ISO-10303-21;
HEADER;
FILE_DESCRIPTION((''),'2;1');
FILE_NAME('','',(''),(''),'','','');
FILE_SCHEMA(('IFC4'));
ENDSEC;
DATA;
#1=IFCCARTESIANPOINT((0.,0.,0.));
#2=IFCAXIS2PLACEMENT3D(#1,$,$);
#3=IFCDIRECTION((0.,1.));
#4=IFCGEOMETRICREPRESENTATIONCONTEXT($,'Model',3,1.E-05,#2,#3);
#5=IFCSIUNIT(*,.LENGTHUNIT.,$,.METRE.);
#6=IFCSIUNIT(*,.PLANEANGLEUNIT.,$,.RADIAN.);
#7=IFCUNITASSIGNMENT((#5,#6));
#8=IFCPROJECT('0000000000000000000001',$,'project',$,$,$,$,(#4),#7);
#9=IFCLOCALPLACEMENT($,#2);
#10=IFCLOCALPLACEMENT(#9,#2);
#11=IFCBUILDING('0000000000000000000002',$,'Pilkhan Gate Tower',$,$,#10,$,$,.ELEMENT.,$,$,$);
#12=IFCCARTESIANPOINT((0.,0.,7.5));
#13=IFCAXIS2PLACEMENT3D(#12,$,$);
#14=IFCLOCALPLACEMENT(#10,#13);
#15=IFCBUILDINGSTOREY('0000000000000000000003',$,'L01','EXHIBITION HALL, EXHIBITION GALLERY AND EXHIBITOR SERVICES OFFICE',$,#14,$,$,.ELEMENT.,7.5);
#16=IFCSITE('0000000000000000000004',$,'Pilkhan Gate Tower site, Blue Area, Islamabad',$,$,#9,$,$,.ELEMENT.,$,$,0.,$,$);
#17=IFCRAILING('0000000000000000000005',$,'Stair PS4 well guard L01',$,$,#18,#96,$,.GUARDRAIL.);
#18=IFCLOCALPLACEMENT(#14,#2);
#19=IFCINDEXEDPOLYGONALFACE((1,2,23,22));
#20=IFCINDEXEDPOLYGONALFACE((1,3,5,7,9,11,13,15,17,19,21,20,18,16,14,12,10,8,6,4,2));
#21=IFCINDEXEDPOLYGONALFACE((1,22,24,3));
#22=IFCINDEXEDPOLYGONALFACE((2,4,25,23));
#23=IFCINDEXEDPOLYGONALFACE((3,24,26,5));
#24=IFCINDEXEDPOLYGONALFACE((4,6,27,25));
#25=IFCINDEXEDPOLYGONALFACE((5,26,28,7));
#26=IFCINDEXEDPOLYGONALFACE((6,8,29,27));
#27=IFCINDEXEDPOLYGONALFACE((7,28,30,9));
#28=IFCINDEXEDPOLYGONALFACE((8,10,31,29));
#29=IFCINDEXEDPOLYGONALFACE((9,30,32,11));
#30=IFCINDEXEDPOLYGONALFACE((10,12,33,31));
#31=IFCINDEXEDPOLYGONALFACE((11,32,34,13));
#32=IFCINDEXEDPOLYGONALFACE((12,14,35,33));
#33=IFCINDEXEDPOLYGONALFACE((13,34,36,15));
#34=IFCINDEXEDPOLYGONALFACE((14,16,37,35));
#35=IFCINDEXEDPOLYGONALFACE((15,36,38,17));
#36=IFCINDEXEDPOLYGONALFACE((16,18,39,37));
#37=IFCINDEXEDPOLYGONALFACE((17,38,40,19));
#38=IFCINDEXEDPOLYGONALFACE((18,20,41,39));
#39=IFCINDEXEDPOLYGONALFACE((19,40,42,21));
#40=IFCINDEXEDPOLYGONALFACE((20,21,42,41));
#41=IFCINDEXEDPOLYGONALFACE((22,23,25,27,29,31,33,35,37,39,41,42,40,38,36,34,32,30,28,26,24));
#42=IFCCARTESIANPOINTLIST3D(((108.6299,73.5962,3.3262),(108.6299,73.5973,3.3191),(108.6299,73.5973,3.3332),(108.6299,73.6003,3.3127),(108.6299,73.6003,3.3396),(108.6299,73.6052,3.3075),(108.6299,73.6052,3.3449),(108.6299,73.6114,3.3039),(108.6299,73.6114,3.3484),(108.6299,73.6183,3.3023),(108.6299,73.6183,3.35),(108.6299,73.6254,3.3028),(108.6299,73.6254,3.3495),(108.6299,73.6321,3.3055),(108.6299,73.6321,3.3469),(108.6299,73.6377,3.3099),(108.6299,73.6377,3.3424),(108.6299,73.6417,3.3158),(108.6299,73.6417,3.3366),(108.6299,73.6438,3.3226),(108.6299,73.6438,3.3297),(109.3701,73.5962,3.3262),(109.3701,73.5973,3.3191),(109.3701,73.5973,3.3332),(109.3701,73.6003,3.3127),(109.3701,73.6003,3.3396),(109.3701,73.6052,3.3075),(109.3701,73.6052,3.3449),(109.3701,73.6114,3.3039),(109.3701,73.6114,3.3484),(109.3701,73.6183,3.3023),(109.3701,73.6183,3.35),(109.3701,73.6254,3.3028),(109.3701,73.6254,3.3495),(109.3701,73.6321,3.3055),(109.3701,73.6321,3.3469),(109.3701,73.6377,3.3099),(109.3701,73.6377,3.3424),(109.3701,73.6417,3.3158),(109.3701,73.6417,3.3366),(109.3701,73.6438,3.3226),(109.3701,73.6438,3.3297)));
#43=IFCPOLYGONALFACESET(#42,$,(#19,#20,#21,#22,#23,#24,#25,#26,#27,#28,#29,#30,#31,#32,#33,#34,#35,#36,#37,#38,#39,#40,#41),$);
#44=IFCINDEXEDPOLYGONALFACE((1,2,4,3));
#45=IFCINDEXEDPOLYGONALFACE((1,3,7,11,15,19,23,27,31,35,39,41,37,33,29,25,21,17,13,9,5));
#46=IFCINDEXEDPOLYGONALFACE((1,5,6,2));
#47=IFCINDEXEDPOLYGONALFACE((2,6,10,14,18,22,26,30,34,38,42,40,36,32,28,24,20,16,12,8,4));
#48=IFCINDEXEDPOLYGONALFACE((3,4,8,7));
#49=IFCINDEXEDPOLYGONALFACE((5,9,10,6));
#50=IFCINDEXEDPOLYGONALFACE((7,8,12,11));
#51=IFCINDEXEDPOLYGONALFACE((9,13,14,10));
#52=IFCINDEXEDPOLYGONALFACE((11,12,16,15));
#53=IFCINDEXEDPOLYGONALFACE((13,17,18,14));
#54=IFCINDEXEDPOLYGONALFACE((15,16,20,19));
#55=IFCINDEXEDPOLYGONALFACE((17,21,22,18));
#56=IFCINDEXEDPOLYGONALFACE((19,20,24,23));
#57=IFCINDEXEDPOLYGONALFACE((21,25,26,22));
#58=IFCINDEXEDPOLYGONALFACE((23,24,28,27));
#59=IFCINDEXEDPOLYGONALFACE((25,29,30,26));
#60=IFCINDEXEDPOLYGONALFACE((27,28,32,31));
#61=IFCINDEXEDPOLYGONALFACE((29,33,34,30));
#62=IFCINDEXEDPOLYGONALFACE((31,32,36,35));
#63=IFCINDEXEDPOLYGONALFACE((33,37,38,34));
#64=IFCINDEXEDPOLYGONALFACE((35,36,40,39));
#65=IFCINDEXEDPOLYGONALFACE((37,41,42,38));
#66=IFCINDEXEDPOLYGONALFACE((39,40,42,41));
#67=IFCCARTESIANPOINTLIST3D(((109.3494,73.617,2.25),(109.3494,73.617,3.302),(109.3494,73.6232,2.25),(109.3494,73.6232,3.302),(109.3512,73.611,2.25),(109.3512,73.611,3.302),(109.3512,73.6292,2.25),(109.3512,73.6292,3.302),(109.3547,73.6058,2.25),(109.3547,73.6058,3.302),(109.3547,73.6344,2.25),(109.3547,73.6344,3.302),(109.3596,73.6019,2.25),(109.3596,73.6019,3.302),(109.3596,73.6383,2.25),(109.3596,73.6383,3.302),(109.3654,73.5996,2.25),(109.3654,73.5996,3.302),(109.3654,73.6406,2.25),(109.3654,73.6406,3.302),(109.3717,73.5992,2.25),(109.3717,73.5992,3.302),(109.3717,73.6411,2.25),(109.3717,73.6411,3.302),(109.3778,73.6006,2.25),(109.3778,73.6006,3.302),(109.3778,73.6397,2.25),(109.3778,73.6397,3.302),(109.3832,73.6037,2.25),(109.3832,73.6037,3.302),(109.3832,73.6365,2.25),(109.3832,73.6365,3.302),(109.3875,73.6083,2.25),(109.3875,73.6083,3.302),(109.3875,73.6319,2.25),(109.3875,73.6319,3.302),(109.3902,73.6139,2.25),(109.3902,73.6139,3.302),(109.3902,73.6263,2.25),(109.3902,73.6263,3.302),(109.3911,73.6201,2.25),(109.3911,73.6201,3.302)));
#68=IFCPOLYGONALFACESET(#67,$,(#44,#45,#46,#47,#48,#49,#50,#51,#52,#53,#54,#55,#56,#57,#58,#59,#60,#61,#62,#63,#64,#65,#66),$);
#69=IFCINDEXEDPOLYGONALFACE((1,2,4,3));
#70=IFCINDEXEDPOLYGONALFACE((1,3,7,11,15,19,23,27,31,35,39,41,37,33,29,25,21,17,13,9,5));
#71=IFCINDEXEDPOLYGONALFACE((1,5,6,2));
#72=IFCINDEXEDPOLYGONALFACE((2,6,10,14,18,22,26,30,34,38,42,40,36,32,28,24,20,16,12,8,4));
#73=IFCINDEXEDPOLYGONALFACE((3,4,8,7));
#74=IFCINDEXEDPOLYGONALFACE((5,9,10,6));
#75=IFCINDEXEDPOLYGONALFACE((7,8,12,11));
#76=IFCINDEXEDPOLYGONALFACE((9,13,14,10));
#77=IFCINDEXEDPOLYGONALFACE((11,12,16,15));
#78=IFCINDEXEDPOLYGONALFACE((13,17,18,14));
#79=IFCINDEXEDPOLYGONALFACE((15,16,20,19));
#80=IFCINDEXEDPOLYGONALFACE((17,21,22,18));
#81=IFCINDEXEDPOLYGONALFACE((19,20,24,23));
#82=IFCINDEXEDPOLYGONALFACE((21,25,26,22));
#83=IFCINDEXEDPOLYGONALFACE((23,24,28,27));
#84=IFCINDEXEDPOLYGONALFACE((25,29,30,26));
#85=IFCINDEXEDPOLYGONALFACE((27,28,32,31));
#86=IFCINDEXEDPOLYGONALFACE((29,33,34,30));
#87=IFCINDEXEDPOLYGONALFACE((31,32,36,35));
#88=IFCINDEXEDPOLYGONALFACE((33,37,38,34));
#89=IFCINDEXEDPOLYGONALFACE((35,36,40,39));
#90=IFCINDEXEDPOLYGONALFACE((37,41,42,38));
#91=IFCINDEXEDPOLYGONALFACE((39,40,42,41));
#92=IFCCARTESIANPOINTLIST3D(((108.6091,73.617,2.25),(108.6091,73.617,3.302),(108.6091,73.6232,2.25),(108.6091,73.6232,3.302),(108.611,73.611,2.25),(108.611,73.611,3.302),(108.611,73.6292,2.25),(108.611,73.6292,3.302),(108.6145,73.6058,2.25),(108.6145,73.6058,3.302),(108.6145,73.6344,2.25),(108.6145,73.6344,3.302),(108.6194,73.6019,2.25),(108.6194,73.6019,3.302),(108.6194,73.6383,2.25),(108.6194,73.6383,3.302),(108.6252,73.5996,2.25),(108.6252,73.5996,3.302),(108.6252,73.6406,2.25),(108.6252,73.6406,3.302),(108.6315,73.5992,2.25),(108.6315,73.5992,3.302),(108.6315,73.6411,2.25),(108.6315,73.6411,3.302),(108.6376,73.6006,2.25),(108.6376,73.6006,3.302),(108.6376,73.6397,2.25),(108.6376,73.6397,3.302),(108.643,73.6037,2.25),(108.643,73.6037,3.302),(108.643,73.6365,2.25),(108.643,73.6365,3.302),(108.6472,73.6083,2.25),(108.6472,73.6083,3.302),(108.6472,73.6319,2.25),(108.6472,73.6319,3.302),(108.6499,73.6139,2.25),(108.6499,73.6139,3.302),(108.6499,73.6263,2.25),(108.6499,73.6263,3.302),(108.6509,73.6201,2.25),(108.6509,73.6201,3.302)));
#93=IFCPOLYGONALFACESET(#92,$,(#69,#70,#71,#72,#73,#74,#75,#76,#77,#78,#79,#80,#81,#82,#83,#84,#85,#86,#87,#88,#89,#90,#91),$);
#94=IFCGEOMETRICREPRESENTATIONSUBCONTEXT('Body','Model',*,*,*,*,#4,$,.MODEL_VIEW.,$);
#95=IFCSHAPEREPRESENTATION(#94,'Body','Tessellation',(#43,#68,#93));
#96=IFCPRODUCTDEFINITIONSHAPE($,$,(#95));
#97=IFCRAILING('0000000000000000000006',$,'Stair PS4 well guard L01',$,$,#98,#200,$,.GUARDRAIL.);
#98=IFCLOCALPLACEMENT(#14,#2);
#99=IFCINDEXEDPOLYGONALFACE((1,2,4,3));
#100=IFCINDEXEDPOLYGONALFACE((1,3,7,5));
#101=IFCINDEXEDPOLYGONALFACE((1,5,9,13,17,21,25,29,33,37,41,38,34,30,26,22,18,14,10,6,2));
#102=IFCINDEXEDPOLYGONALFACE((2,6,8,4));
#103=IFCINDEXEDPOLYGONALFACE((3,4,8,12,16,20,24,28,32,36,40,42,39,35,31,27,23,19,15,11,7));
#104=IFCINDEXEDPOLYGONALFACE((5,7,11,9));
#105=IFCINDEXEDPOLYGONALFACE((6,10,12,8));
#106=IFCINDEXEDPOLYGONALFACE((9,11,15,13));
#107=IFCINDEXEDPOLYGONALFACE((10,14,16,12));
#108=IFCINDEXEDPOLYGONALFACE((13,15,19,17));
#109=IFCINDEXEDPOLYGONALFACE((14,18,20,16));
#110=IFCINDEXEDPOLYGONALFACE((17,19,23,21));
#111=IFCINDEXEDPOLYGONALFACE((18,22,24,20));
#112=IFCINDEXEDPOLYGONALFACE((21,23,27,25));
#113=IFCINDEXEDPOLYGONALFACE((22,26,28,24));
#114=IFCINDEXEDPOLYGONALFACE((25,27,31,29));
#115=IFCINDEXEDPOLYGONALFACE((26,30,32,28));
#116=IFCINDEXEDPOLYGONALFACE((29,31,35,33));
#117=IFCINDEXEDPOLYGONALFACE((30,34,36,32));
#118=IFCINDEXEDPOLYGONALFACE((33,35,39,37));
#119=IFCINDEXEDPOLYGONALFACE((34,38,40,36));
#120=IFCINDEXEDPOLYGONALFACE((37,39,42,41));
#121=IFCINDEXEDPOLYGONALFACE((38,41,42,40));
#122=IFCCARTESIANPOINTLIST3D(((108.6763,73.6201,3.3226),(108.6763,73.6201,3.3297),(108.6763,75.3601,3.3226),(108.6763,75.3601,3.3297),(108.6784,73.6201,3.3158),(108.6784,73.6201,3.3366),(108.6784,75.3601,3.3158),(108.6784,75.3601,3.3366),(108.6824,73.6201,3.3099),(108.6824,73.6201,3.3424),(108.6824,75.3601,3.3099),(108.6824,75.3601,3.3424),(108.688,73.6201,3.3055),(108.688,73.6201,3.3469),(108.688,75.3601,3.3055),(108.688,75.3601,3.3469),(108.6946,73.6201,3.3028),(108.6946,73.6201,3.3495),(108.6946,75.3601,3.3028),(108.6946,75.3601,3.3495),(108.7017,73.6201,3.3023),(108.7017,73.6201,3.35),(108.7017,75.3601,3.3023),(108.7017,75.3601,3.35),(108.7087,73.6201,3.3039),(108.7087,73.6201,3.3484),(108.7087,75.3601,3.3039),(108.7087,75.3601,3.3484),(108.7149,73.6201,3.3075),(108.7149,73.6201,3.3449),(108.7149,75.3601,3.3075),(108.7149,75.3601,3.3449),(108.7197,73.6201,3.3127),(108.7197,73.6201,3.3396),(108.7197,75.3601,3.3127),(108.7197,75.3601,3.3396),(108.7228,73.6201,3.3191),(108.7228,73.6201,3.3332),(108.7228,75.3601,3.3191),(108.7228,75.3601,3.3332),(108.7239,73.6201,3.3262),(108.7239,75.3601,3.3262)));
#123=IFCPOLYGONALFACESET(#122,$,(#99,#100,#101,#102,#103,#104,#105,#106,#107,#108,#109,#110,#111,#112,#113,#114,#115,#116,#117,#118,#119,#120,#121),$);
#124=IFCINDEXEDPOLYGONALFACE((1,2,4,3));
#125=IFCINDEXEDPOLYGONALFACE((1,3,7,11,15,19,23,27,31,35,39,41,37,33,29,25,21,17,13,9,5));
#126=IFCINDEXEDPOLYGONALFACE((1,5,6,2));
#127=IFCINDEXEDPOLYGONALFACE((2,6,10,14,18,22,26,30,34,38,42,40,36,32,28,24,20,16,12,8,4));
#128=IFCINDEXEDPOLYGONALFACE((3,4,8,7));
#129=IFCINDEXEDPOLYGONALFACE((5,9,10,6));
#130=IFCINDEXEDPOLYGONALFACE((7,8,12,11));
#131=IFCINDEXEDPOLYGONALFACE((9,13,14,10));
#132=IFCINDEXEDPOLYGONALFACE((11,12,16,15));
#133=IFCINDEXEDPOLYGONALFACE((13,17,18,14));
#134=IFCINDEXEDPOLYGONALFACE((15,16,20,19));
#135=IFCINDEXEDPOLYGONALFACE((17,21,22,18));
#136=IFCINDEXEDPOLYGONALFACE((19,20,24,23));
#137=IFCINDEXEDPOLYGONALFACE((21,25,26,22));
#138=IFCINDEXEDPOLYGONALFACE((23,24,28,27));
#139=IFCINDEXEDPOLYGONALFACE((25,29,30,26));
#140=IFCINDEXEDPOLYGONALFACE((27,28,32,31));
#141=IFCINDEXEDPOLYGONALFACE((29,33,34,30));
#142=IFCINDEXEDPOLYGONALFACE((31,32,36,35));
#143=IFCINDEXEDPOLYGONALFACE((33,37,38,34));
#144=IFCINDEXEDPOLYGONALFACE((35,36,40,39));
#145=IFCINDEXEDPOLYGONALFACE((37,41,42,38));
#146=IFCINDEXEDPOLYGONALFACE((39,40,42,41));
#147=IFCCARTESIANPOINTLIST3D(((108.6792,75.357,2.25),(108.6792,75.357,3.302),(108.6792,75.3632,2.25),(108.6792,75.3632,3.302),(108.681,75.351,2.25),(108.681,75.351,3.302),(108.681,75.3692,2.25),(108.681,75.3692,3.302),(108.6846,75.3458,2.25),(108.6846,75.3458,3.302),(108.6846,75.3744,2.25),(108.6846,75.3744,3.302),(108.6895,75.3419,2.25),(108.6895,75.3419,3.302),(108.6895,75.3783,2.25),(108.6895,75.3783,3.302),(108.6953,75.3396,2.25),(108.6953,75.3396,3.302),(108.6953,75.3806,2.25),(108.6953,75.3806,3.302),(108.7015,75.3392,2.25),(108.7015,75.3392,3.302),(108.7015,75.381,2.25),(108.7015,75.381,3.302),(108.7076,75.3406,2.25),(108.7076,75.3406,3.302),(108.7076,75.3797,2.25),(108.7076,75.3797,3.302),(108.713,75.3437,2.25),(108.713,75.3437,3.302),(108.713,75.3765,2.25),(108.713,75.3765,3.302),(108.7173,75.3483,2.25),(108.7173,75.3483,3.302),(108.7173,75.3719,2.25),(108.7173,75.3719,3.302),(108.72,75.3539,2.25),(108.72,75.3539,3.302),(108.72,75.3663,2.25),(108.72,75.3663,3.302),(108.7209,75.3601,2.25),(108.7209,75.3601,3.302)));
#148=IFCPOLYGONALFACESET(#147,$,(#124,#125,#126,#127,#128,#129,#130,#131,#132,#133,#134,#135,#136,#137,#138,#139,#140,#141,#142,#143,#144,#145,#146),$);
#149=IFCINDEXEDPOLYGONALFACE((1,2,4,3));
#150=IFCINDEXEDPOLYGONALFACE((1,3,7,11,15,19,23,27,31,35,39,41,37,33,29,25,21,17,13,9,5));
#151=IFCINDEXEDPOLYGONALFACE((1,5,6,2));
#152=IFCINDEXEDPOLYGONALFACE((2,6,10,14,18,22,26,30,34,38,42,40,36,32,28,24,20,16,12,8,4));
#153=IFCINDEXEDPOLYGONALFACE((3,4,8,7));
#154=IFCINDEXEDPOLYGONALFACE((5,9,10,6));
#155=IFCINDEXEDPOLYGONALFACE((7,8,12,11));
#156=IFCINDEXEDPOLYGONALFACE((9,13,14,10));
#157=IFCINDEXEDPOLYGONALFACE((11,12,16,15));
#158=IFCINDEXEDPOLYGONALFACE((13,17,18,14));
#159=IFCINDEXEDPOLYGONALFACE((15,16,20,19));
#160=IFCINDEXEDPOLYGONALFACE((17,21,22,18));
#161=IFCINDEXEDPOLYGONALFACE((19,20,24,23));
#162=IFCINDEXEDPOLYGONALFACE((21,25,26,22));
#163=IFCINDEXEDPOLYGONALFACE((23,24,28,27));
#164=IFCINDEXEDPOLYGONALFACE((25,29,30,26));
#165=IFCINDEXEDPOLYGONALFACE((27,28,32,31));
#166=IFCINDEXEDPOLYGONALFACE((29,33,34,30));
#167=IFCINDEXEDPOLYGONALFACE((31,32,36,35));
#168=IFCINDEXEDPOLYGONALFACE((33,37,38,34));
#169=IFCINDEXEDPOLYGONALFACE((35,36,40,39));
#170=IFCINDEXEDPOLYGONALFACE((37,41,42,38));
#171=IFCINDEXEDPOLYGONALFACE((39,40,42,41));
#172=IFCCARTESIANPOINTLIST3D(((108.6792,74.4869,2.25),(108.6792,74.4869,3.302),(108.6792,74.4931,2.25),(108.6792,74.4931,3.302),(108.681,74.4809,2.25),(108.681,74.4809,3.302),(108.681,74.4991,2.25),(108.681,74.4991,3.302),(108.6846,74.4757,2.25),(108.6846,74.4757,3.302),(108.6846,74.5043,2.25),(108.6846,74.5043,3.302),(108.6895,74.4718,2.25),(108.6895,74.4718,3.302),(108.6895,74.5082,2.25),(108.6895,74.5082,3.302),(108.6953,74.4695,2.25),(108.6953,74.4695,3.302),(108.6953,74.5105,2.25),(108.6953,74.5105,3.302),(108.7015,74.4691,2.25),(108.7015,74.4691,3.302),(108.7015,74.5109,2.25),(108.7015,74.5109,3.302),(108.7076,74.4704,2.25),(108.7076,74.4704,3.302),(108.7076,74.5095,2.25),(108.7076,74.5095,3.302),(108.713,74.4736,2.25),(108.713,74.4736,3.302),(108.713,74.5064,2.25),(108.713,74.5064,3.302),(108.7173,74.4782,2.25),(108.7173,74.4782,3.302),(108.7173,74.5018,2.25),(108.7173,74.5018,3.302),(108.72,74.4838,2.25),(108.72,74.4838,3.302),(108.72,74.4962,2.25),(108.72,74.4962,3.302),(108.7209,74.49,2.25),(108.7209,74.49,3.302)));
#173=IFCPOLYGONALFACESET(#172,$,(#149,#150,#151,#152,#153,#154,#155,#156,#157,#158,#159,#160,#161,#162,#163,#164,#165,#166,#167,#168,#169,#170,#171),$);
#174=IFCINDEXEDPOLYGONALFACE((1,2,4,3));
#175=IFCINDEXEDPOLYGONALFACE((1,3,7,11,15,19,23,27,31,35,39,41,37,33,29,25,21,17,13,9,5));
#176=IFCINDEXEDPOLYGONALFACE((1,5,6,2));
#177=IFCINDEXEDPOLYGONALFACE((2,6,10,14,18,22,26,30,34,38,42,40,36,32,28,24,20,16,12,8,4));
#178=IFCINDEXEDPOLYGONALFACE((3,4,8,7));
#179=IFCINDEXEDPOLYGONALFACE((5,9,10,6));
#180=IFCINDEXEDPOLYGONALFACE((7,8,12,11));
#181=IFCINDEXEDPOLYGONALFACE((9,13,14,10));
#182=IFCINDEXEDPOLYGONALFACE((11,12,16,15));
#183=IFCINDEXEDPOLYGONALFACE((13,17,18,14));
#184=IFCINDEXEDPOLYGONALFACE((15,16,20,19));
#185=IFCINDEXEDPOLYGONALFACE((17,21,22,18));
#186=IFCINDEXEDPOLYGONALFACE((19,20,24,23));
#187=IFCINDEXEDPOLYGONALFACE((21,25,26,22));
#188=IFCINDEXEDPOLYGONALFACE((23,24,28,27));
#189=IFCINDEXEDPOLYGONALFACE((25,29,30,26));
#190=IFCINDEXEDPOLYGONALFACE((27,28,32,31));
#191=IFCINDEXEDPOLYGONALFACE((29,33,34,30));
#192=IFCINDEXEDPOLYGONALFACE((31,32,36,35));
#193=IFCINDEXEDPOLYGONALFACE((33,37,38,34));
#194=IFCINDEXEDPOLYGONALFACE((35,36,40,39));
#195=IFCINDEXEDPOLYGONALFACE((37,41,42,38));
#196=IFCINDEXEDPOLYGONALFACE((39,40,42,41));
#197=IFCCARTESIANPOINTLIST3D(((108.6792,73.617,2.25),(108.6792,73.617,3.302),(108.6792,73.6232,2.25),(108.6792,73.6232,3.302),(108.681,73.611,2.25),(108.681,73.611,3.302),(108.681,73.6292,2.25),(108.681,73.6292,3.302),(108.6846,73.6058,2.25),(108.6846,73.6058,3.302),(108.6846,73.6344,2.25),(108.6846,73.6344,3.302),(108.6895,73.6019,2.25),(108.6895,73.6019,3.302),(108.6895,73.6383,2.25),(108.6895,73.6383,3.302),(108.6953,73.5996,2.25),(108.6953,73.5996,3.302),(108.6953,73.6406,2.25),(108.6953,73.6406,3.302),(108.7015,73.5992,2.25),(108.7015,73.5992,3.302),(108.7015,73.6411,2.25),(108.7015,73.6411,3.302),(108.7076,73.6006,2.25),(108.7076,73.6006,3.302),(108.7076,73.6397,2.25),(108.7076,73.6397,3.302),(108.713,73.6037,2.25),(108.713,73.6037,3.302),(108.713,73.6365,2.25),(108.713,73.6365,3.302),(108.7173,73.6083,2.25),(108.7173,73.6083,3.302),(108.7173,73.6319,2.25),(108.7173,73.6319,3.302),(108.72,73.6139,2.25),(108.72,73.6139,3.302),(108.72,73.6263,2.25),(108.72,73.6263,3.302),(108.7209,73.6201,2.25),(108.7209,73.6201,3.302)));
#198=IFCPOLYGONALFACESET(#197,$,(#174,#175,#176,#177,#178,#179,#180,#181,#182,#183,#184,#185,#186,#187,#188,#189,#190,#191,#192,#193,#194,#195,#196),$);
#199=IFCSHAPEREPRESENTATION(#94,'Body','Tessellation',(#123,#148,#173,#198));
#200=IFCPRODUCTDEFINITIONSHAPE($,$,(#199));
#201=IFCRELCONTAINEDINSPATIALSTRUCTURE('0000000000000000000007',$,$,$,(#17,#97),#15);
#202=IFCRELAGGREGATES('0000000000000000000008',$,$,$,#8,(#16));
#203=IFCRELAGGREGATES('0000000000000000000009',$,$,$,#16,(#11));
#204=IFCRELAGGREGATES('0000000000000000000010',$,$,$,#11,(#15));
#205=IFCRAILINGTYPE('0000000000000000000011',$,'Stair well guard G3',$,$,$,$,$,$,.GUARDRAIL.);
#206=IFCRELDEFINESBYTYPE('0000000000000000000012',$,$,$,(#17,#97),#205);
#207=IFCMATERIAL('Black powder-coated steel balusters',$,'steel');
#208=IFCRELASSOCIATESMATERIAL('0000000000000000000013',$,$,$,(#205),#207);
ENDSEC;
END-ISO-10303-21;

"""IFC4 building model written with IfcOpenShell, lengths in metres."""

from ifc_helpers import new_model, si_unit, direction, frame, origin, origin_2d, place, context, subcontext, project, spatial, circle, extrude, material, type_object, element, save


model = new_model("IFC4")

# Units and contexts
model_context = context("Model", 3, precision=1e-05, world=origin(), true_north=direction((0.0, 1.0)))
body_context = subcontext(model_context, "Body", "Model", "MODEL_VIEW")
ifc_project = project(units=[si_unit("LENGTHUNIT", "METRE"), si_unit("PLANEANGLEUNIT", "RADIAN")], contexts=[model_context])

# Site, building, storey
site_placement = place(None, origin())
site = spatial("IfcSite", under=ifc_project, at=site_placement, Name="Pilkhan Gate Tower site, Blue Area, Islamabad", CompositionType="ELEMENT", RefElevation=0.0)
building_placement = place(site_placement, origin())
building = spatial("IfcBuilding", under=site, at=building_placement, Name="Pilkhan Gate Tower", CompositionType="ELEMENT")
storey_placement = place(building_placement, frame((0.0, 0.0, 7.5)))
storey = spatial("IfcBuildingStorey", under=building, at=storey_placement, Name="L01", Description="EXHIBITION HALL, EXHIBITION GALLERY AND EXHIBITOR SERVICES OFFICE", CompositionType="ELEMENT", Elevation=7.5)

# Railings
ifc_material_1 = material(Name="Black powder-coated steel balusters", Category="steel")
railing_type_1 = type_object("IfcRailingType", Name="Stair well guard G3", PredefinedType="GUARDRAIL", material=ifc_material_1)
railing_1_placement = place(storey_placement, frame((109.3701, 73.6201, 2.25)))
element("IfcRailing", 1, at=railing_1_placement, inside=storey, type_object=railing_type_1, Name="Stair PS4 well guard L01", PredefinedType="GUARDRAIL", context=body_context, shape_type="SweptSolid", body=[
    extrude(circle(Radius=0.0239, at=origin_2d()), frame((0.0, 0.0, 1.0762), z_axis=(-1.0, 0.0, 0.0), x_axis=(0.0, -1.0, 0.0)), (0.0, 0.0, 1.0), 0.7402),
    extrude(circle(Radius=0.021, at=origin_2d()), origin(), (0.0, 0.0, 1.0), 1.052),
    extrude(circle(Radius=0.021, at=origin_2d()), frame((-0.7402, 0.0, 0.0)), (0.0, 0.0, 1.0), 1.052),
])
railing_2_placement = place(storey_placement, frame((108.7, 75.3601, 2.25)))
element("IfcRailing", 2, at=railing_2_placement, inside=storey, type_object=railing_type_1, Name="Stair PS4 well guard L01", PredefinedType="GUARDRAIL", context=body_context, shape_type="SweptSolid", body=[
    extrude(circle(Radius=0.0239, at=origin_2d()), frame((0.0, 0.0, 1.0762), z_axis=(0.0, -1.0, 0.0), x_axis=(1.0, 0.0, 0.0)), (0.0, 0.0, 1.0), 1.74),
    extrude(circle(Radius=0.021, at=origin_2d()), origin(), (0.0, 0.0, 1.0), 1.052),
    extrude(circle(Radius=0.021, at=origin_2d()), frame((0.0, -0.8701, 0.0)), (0.0, 0.0, 1.0), 1.052),
    extrude(circle(Radius=0.021, at=origin_2d()), frame((0.0, -1.74, 0.0)), (0.0, 0.0, 1.0), 1.052),
])

save(model, "model.ifc")
